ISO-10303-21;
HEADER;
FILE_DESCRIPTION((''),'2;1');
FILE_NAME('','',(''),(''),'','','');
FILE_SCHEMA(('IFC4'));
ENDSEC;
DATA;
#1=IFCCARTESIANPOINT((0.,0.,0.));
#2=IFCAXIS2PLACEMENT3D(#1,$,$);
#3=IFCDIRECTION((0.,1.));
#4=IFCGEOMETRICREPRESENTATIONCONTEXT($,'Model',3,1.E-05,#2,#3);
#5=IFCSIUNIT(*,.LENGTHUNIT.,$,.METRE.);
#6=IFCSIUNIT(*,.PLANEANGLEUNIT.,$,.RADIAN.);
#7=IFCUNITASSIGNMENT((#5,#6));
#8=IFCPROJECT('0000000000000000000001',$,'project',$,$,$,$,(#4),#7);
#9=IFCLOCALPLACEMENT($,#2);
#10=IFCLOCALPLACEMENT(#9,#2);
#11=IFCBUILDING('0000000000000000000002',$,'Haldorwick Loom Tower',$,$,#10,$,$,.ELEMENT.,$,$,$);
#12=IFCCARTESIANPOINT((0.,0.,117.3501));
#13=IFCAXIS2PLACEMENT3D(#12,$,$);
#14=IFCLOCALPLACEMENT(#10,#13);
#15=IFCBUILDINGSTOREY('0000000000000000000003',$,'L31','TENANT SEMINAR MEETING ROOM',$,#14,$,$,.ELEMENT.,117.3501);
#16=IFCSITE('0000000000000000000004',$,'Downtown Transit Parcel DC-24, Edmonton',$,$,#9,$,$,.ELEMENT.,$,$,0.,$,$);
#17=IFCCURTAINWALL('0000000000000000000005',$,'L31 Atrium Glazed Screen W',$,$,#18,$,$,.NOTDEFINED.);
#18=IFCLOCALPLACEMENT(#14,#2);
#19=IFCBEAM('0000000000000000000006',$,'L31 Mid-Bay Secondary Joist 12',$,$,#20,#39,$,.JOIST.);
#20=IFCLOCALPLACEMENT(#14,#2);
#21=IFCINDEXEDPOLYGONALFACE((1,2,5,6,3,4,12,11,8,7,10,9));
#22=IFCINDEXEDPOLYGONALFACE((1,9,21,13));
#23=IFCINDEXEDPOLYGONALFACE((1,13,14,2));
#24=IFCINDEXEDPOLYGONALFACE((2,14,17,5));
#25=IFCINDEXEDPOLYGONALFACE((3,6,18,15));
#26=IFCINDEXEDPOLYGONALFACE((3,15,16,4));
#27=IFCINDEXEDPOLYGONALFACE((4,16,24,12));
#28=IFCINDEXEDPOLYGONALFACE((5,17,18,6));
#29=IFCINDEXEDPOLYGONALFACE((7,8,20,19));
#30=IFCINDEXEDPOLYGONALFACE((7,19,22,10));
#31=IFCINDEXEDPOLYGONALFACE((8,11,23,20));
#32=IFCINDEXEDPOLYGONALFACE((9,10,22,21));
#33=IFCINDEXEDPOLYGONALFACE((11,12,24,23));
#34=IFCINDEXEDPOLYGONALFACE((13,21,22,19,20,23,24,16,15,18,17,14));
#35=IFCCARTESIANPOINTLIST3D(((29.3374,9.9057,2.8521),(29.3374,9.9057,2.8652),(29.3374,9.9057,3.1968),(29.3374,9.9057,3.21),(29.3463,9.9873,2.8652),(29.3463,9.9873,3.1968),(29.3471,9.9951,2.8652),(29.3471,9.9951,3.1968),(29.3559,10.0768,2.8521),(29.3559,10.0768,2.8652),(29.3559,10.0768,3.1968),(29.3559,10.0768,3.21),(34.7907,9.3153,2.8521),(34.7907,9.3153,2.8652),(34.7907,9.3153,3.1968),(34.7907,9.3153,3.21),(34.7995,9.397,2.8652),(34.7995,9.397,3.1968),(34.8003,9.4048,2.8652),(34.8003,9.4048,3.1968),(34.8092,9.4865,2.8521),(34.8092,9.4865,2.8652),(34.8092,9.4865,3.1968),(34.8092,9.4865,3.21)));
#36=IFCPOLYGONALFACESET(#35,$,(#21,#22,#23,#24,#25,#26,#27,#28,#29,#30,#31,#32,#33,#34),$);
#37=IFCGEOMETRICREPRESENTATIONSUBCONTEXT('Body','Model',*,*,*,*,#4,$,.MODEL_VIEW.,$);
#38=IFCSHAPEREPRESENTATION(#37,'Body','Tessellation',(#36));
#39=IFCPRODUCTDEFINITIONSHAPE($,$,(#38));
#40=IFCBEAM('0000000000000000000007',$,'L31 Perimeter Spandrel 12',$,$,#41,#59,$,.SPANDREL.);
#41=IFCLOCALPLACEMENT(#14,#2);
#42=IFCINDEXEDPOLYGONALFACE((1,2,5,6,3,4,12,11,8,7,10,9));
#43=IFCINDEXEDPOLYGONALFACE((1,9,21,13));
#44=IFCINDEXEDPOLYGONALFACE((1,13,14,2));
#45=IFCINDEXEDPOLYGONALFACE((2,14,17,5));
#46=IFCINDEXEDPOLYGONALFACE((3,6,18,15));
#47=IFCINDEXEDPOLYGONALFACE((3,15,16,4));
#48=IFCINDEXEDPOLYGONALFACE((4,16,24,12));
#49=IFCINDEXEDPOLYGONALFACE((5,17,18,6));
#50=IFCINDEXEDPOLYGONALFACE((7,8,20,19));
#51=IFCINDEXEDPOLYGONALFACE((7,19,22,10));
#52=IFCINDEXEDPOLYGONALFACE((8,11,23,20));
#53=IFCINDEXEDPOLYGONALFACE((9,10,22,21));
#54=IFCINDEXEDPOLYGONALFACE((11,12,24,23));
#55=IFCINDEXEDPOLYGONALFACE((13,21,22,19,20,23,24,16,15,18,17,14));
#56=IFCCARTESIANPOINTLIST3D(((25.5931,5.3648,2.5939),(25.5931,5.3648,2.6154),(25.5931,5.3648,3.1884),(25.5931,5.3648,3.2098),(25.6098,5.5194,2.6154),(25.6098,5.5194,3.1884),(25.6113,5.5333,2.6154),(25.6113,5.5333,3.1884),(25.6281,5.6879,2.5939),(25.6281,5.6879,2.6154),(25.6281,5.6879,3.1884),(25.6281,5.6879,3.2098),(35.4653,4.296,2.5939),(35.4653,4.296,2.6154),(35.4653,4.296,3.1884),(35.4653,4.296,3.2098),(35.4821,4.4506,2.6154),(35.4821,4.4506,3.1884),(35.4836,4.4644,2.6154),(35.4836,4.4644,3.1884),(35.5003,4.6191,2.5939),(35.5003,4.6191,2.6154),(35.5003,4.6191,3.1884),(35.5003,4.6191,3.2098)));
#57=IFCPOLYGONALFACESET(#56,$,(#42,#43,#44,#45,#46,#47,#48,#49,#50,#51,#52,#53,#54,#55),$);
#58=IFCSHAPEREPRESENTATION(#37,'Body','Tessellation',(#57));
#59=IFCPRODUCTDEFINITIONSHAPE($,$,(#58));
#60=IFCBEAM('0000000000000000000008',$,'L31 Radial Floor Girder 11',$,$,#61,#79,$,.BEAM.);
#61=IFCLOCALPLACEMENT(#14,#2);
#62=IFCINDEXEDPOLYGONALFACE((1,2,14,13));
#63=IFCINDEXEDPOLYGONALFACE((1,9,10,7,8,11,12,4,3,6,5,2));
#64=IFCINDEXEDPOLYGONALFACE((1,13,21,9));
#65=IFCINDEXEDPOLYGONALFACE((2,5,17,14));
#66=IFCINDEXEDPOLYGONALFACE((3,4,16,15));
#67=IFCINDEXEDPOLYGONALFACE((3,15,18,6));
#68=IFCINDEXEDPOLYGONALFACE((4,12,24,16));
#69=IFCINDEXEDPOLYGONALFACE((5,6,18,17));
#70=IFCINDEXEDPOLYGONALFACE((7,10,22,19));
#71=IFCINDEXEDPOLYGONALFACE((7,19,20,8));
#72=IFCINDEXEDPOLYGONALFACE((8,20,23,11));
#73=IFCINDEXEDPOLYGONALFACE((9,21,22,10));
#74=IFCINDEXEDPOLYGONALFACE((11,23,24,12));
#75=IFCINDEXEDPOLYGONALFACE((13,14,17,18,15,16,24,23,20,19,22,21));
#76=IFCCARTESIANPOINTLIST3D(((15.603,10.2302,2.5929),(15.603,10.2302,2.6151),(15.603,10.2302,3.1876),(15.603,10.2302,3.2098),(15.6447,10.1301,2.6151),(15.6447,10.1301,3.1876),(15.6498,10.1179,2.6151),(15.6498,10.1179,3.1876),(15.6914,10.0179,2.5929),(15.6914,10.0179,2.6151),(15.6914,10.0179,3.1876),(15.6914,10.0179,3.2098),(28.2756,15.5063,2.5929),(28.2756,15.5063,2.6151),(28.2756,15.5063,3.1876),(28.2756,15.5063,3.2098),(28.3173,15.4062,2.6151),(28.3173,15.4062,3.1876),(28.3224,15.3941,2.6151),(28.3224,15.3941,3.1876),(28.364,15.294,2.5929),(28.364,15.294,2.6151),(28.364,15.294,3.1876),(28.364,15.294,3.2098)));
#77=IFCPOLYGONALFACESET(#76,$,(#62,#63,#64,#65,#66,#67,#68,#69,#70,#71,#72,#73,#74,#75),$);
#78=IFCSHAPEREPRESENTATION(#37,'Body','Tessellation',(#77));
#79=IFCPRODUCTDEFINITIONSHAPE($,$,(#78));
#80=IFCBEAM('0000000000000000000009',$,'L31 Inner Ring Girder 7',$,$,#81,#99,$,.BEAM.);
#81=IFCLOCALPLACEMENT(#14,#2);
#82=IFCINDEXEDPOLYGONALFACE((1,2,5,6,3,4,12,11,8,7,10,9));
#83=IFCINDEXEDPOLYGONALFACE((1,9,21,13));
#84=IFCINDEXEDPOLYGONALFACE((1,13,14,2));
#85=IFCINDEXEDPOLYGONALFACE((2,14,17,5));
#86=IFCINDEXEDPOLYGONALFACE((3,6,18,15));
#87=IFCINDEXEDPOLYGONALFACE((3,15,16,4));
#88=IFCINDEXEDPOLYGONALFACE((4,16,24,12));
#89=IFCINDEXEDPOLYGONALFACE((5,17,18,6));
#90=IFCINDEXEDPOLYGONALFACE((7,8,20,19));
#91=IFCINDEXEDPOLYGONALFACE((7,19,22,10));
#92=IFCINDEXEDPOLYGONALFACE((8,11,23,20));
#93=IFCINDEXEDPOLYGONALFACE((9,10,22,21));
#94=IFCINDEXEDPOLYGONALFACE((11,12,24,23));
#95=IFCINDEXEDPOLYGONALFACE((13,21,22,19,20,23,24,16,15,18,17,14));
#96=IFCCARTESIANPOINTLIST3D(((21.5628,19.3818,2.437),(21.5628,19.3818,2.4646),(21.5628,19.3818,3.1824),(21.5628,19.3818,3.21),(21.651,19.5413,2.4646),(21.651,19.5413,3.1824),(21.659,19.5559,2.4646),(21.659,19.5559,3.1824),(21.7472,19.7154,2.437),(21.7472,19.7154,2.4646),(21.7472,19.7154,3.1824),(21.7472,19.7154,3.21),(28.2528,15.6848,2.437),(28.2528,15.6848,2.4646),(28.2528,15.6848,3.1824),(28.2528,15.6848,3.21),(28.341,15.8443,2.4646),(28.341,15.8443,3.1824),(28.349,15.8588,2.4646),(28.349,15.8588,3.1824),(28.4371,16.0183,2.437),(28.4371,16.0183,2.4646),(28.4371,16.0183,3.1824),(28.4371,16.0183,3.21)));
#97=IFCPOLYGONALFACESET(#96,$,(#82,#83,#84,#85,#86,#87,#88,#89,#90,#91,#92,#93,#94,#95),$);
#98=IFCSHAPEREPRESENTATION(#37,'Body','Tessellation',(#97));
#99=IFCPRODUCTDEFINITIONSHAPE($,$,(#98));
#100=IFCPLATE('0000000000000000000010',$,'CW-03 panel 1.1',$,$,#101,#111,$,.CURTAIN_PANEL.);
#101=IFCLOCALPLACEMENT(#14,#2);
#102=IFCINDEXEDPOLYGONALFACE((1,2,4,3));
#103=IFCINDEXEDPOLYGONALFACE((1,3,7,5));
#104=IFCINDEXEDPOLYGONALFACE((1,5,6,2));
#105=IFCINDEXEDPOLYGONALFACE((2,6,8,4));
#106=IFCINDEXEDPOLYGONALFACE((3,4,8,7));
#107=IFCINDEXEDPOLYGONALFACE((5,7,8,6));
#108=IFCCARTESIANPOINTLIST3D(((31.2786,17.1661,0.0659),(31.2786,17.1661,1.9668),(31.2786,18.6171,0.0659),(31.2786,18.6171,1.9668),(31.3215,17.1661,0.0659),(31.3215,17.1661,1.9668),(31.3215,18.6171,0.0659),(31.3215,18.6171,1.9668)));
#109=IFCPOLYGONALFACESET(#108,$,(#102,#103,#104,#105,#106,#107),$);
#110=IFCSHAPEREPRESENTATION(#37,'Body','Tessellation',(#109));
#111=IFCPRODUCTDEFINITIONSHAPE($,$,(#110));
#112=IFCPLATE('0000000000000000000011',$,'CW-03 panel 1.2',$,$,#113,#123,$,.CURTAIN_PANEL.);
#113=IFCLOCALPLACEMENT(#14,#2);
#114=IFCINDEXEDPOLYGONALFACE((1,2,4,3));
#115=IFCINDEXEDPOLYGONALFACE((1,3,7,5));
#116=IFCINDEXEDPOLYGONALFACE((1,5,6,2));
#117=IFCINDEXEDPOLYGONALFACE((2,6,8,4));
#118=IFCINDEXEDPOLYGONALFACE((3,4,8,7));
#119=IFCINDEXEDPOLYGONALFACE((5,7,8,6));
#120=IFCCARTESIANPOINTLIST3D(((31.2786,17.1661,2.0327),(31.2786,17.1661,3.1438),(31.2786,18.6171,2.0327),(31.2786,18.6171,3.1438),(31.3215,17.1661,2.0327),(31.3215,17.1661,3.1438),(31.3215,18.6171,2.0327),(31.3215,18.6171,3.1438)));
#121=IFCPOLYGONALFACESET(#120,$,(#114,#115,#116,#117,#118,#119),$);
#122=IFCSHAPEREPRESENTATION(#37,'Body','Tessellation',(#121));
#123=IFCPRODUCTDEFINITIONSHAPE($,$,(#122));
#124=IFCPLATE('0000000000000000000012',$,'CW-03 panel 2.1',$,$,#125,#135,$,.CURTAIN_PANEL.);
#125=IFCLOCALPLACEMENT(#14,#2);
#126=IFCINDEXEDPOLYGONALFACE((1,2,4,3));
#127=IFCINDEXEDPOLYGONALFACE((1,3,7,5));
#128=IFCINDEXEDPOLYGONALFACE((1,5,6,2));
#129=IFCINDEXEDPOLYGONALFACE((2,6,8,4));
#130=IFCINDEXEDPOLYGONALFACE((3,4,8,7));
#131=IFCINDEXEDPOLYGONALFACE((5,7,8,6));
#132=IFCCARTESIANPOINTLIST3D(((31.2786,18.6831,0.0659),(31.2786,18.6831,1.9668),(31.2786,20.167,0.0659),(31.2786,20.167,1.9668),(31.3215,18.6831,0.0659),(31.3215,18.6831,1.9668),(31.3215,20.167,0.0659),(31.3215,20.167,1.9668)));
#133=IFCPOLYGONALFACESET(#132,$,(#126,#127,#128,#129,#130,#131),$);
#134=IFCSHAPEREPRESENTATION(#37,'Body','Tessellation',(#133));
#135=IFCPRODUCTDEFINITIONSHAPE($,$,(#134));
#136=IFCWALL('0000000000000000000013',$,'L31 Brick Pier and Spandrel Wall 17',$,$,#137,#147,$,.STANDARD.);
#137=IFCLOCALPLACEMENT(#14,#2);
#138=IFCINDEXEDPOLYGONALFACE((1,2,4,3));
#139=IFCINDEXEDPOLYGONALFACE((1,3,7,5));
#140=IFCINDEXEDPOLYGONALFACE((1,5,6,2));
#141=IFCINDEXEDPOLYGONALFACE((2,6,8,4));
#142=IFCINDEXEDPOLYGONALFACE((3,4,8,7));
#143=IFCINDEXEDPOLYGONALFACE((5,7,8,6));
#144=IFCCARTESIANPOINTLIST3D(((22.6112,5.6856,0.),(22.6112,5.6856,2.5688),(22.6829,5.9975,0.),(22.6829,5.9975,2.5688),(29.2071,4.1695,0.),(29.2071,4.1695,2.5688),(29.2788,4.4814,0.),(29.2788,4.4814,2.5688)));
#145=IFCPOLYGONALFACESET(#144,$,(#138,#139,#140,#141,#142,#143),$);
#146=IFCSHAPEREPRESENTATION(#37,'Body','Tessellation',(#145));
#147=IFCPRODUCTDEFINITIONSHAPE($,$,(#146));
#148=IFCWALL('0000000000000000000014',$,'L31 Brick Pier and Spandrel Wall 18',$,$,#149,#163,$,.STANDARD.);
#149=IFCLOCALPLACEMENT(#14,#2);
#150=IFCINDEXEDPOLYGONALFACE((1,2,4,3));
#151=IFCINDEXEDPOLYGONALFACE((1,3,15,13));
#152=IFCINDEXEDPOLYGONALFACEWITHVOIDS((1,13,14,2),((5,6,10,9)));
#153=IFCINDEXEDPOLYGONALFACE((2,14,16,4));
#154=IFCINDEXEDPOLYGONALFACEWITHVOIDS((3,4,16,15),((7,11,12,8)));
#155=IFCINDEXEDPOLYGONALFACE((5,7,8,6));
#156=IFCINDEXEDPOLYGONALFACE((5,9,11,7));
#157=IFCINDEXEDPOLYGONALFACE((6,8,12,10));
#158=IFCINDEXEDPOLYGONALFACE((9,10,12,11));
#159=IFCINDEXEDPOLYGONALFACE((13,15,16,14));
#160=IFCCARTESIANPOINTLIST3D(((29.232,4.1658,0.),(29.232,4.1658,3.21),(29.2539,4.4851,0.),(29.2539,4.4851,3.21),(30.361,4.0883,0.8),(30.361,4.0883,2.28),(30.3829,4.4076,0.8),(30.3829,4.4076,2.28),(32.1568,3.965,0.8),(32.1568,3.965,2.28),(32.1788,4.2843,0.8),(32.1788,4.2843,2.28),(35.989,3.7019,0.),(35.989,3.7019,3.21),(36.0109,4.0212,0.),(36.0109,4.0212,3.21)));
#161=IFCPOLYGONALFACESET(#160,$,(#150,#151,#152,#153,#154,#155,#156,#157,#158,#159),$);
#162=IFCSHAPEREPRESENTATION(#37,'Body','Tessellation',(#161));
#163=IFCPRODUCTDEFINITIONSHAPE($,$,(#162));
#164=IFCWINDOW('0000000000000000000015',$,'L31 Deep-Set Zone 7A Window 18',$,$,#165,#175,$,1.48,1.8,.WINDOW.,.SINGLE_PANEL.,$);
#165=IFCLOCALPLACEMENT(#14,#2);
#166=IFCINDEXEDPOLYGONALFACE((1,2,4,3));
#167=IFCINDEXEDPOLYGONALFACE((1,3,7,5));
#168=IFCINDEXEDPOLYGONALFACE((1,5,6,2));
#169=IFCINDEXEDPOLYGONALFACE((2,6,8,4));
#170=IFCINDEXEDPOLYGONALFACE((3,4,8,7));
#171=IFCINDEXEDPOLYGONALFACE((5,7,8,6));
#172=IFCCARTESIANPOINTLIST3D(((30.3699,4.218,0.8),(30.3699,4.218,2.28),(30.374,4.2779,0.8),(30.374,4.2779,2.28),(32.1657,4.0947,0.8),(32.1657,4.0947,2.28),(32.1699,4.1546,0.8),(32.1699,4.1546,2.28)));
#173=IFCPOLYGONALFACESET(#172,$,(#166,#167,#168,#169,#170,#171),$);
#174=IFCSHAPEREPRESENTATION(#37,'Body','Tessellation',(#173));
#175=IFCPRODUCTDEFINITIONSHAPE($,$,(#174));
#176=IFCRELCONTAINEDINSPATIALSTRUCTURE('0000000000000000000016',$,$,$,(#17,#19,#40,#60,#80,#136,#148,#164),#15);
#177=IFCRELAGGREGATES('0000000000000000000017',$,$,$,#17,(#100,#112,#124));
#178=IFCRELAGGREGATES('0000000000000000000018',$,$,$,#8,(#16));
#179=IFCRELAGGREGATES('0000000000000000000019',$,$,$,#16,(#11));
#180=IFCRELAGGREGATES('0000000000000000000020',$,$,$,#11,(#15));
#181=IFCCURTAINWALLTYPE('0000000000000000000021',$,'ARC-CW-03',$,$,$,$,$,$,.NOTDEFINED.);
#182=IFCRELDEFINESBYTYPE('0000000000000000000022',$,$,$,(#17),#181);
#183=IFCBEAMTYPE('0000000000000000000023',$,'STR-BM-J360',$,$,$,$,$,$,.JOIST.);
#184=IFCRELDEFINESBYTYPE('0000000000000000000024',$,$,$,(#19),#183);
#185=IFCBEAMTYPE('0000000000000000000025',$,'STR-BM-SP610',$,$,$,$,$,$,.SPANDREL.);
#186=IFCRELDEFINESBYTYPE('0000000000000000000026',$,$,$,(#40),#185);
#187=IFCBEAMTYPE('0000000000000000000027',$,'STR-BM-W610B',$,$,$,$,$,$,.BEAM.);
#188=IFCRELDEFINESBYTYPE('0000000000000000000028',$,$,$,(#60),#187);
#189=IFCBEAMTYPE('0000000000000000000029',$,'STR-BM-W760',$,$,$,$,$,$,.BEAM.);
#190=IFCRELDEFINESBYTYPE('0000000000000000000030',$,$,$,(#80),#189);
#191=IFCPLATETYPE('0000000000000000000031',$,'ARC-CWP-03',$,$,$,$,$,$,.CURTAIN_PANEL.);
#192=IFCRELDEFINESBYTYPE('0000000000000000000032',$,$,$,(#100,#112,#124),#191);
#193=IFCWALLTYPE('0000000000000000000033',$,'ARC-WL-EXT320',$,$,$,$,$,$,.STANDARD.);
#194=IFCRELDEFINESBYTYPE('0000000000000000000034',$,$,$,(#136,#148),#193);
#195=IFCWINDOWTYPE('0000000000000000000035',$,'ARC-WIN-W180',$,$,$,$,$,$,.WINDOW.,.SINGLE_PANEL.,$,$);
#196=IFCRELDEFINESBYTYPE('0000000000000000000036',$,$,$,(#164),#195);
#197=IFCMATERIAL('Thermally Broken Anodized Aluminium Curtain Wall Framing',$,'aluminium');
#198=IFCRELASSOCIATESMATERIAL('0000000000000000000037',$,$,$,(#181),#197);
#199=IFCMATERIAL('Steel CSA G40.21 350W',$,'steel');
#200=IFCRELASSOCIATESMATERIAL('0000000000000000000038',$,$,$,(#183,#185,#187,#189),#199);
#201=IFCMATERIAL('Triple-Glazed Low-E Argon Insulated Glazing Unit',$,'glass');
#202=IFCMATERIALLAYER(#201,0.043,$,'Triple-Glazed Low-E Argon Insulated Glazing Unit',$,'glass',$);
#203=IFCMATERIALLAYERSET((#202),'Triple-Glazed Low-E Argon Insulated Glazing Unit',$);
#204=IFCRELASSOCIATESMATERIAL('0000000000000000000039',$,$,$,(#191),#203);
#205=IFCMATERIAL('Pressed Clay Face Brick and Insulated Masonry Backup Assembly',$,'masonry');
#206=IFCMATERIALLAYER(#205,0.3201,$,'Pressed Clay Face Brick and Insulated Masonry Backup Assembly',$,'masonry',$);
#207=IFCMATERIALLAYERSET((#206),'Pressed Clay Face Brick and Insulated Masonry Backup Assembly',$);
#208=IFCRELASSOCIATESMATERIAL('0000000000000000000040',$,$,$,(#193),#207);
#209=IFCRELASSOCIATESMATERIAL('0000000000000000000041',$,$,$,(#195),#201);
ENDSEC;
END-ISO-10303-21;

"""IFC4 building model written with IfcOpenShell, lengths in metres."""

from ifc_helpers import new_model, si_unit, direction, frame, frame_2d, origin, origin_2d, place, context, subcontext, project, spatial, rectangle, i_section, extrude, material, layer, layer_set, material_profile, profile_set, type_object, element, fill, aggregate, save


model = new_model("IFC4")

# Units and contexts
model_context = context("Model", 3, precision=1e-05, world=origin(), true_north=direction((0.0, 1.0)))
body_context = subcontext(model_context, "Body", "Model", "MODEL_VIEW")
ifc_project = project(units=[si_unit("LENGTHUNIT", "METRE"), si_unit("PLANEANGLEUNIT", "RADIAN")], contexts=[model_context])

# Site, building, storey
site_placement = place(None, origin())
site = spatial("IfcSite", under=ifc_project, at=site_placement, Name="Downtown Transit Parcel DC-24, Edmonton", CompositionType="ELEMENT", RefElevation=0.0)
building_placement = place(site_placement, origin())
building = spatial("IfcBuilding", under=site, at=building_placement, Name="Haldorwick Loom Tower", CompositionType="ELEMENT")
storey_placement = place(building_placement, frame((0.0, 0.0, 117.3501)))
storey = spatial("IfcBuildingStorey", under=building, at=storey_placement, Name="L31", Description="TENANT SEMINAR MEETING ROOM", CompositionType="ELEMENT", Elevation=117.3501)

# Curtain wall
ifc_material_1 = material(Name="Thermally Broken Anodized Aluminium Curtain Wall Framing", Category="aluminium")
curtain_wall_type = type_object("IfcCurtainWallType", Name="ARC-CW-03", PredefinedType="NOTDEFINED", material=ifc_material_1)
curtain_wall_placement = place(storey_placement, origin())
curtain_wall = element("IfcCurtainWall", 1, at=curtain_wall_placement, inside=storey, type_object=curtain_wall_type, Name="L31 Atrium Glazed Screen W", PredefinedType="NOTDEFINED")

# Beams
ifc_material_2 = material(Name="Steel CSA G40.21 350W", Category="steel")
ifc_material_profile_1 = material_profile(ifc_material_2, i_section(OverallWidth=0.1721, OverallDepth=0.3579, WebThickness=0.0078, FlangeThickness=0.0132, at=origin_2d()), Name="W360X57", Category="steel")
ifc_profile_set_1 = profile_set([ifc_material_profile_1], Name="Steel CSA G40.21 350W")
beam_type_1 = type_object("IfcBeamType", Name="STR-BM-J360", PredefinedType="JOIST", material=ifc_profile_set_1)
beam_1_placement = place(storey_placement, frame((29.3467, 9.9912, 3.031), z_axis=(0.994192, -0.107622, 0.0), x_axis=(0.107622, 0.994192, 0.0)))
element("IfcBeam", 2, at=beam_1_placement, inside=storey, type_object=beam_type_1, Name="L31 Mid-Bay Secondary Joist 12", PredefinedType="JOIST", context=body_context, shape_type="SweptSolid", body=[
    extrude(i_section(OverallWidth=0.1721, OverallDepth=0.3579, WebThickness=0.0078, FlangeThickness=0.0132, at=origin_2d()), origin(), (0.0, 0.0, 1.0), 5.4851),
])
ifc_material_profile_2 = material_profile(ifc_material_2, i_section(OverallWidth=0.325, OverallDepth=0.616, WebThickness=0.0139, FlangeThickness=0.0215, at=origin_2d()), Name="W610X174", Category="steel")
ifc_profile_set_2 = profile_set([ifc_material_profile_2], Name="Steel CSA G40.21 350W")
beam_type_2 = type_object("IfcBeamType", Name="STR-BM-SP610", PredefinedType="SPANDREL", material=ifc_profile_set_2)
beam_2_placement = place(storey_placement, frame((25.6106, 5.5264, 2.9019), z_axis=(0.99419, -0.107638, 0.0), x_axis=(0.107638, 0.99419, 0.0)))
element("IfcBeam", 3, at=beam_2_placement, inside=storey, type_object=beam_type_2, Name="L31 Perimeter Spandrel 12", PredefinedType="SPANDREL", context=body_context, shape_type="SweptSolid", body=[
    extrude(i_section(OverallWidth=0.325, OverallDepth=0.616, WebThickness=0.0139, FlangeThickness=0.0215, at=origin_2d()), origin(), (0.0, 0.0, 1.0), 9.9299),
])
ifc_material_profile_3 = material_profile(ifc_material_2, i_section(OverallWidth=0.23, OverallDepth=0.6169, WebThickness=0.0132, FlangeThickness=0.0222, at=origin_2d()), Name="W610X140", Category="steel")
ifc_profile_set_3 = profile_set([ifc_material_profile_3], Name="Steel CSA G40.21 350W")
beam_type_3 = type_object("IfcBeamType", Name="STR-BM-W610B", PredefinedType="BEAM", material=ifc_profile_set_3)
beam_3_placement = place(storey_placement, frame((28.3198, 15.4001, 2.9014), z_axis=(-0.923184, -0.384359, 0.0), x_axis=(0.384359, -0.923184, 0.0)))
element("IfcBeam", 4, at=beam_3_placement, inside=storey, type_object=beam_type_3, Name="L31 Radial Floor Girder 11", PredefinedType="BEAM", context=body_context, shape_type="SweptSolid", body=[
    extrude(i_section(OverallWidth=0.23, OverallDepth=0.6169, WebThickness=0.0132, FlangeThickness=0.0222, at=origin_2d()), origin(), (0.0, 0.0, 1.0), 13.7271),
])
ifc_material_profile_4 = material_profile(ifc_material_2, i_section(OverallWidth=0.3811, OverallDepth=0.7729, WebThickness=0.0166, FlangeThickness=0.0276, at=origin_2d()), Name="W760X257", Category="steel")
ifc_profile_set_4 = profile_set([ifc_material_profile_4], Name="Steel CSA G40.21 350W")
beam_type_4 = type_object("IfcBeamType", Name="STR-BM-W760", PredefinedType="BEAM", material=ifc_profile_set_4)
beam_4_placement = place(storey_placement, frame((28.345, 15.8516, 2.8235), z_axis=(-0.875244, 0.483681, 0.0), x_axis=(-0.483681, -0.875244, 0.0)))
element("IfcBeam", 5, at=beam_4_placement, inside=storey, type_object=beam_type_4, Name="L31 Inner Ring Girder 7", PredefinedType="BEAM", context=body_context, shape_type="SweptSolid", body=[
    extrude(i_section(OverallWidth=0.3811, OverallDepth=0.7729, WebThickness=0.0166, FlangeThickness=0.0276, at=origin_2d()), origin(), (0.0, 0.0, 1.0), 7.6436),
])

# Plates
ifc_material_3 = material(Name="Triple-Glazed Low-E Argon Insulated Glazing Unit", Category="glass")
ifc_layer_1 = layer(ifc_material_3, 0.043, Name="Triple-Glazed Low-E Argon Insulated Glazing Unit", Category="glass")
ifc_layer_set_1 = layer_set([ifc_layer_1], Name="Triple-Glazed Low-E Argon Insulated Glazing Unit")
plate_type = type_object("IfcPlateType", Name="ARC-CWP-03", PredefinedType="CURTAIN_PANEL", material=ifc_layer_set_1)
plate_1_placement = place(storey_placement, frame((31.3, 17.8916, 0.0659), z_axis=(0.0, 0.0, 1.0), x_axis=(0.0, 1.0, 0.0)))
plate_1 = element("IfcPlate", 6, at=plate_1_placement, type_object=plate_type, Name="CW-03 panel 1.1", PredefinedType="CURTAIN_PANEL", context=body_context, shape_type="SweptSolid", body=[
    extrude(rectangle(XDim=1.4509, YDim=0.043, at=origin_2d()), origin(), (0.0, 0.0, 1.0), 1.9009),
])
plate_2_placement = place(storey_placement, frame((31.3, 17.8916, 2.0327), z_axis=(0.0, 0.0, 1.0), x_axis=(0.0, 1.0, 0.0)))
plate_2 = element("IfcPlate", 7, at=plate_2_placement, type_object=plate_type, Name="CW-03 panel 1.2", PredefinedType="CURTAIN_PANEL", context=body_context, shape_type="SweptSolid", body=[
    extrude(rectangle(XDim=1.4509, YDim=0.043, at=origin_2d()), origin(), (0.0, 0.0, 1.0), 1.1111),
])
plate_3_placement = place(storey_placement, frame((31.3, 19.425, 0.0659), z_axis=(0.0, 0.0, 1.0), x_axis=(0.0, 1.0, 0.0)))
plate_3 = element("IfcPlate", 8, at=plate_3_placement, type_object=plate_type, Name="CW-03 panel 2.1", PredefinedType="CURTAIN_PANEL", context=body_context, shape_type="SweptSolid", body=[
    extrude(rectangle(XDim=1.4839, YDim=0.043, at=origin_2d()), origin(), (0.0, 0.0, 1.0), 1.9009),
])
aggregate(curtain_wall, [plate_1, plate_2, plate_3])

# Wall
ifc_material_4 = material(Name="Pressed Clay Face Brick and Insulated Masonry Backup Assembly", Category="masonry")
ifc_layer_2 = layer(ifc_material_4, 0.3201, Name="Pressed Clay Face Brick and Insulated Masonry Backup Assembly", Category="masonry")
ifc_layer_set_2 = layer_set([ifc_layer_2], Name="Pressed Clay Face Brick and Insulated Masonry Backup Assembly")
wall_type_1 = type_object("IfcWallType", Name="ARC-WL-EXT320", PredefinedType="STANDARD", material=ifc_layer_set_2)
wall_1_placement = place(storey_placement, frame((22.6472, 5.8416, 0.0), z_axis=(0.0, 0.0, 1.0), x_axis=(0.974584, -0.224022, 0.0)))
element("IfcWall", 9, at=wall_1_placement, inside=storey, type_object=wall_type_1, Name="L31 Brick Pier and Spandrel Wall 17", PredefinedType="STANDARD", context=body_context, shape_type="SweptSolid", body=[
    extrude(rectangle(XDim=6.7678, YDim=0.3201, at=frame_2d((3.3838, 0.0))), origin(), (0.0, 0.0, 1.0), 2.5688),
])

# Wall, opening, window
wall_2_placement = place(storey_placement, frame((29.2429, 4.3254, 0.0), z_axis=(0.0, 0.0, 1.0), x_axis=(0.997652, -0.068488, 0.0)))
wall_2 = element("IfcWall", 10, at=wall_2_placement, inside=storey, type_object=wall_type_1, Name="L31 Brick Pier and Spandrel Wall 18", PredefinedType="STANDARD", context=body_context, shape_type="SweptSolid", body=[
    extrude(rectangle(XDim=6.7729, YDim=0.3201, at=frame_2d((3.3865, 0.0))), origin(), (0.0, 0.0, 1.0), 3.21),
])
opening_placement = place(wall_2_placement, frame((1.1318, 0.0, 0.8)))
opening = element("IfcOpeningElement", 11, at=opening_placement, cuts=wall_2, PredefinedType="OPENING", context=body_context, shape_type="SweptSolid", body=[
    extrude(rectangle(XDim=1.8, YDim=1.48, at=frame_2d((0.8999, 0.74))), frame((0.0, 0.1699, 0.0), z_axis=(0.0, -1.0, 0.0), x_axis=(1.0, 0.0, 0.0)), (0.0, 0.0, 1.0), 0.3401),
])
window_type = type_object("IfcWindowType", Name="ARC-WIN-W180", PartitioningType="SINGLE_PANEL", PredefinedType="WINDOW", material=ifc_material_3)
window_placement = place(opening_placement, origin())
window = element("IfcWindow", 12, at=window_placement, inside=storey, type_object=window_type, Name="L31 Deep-Set Zone 7A Window 18", OverallHeight=1.48, OverallWidth=1.8, PartitioningType="SINGLE_PANEL", PredefinedType="WINDOW", context=body_context, shape_type="SweptSolid", body=[
    extrude(rectangle(XDim=1.8, YDim=1.48, at=frame_2d((0.8999, 0.74))), frame((0.0, 0.03, 0.0), z_axis=(0.0, -1.0, 0.0), x_axis=(1.0, 0.0, 0.0)), (0.0, 0.0, 1.0), 0.0601),
])
fill(opening, window)

save(model, "model.ifc")
